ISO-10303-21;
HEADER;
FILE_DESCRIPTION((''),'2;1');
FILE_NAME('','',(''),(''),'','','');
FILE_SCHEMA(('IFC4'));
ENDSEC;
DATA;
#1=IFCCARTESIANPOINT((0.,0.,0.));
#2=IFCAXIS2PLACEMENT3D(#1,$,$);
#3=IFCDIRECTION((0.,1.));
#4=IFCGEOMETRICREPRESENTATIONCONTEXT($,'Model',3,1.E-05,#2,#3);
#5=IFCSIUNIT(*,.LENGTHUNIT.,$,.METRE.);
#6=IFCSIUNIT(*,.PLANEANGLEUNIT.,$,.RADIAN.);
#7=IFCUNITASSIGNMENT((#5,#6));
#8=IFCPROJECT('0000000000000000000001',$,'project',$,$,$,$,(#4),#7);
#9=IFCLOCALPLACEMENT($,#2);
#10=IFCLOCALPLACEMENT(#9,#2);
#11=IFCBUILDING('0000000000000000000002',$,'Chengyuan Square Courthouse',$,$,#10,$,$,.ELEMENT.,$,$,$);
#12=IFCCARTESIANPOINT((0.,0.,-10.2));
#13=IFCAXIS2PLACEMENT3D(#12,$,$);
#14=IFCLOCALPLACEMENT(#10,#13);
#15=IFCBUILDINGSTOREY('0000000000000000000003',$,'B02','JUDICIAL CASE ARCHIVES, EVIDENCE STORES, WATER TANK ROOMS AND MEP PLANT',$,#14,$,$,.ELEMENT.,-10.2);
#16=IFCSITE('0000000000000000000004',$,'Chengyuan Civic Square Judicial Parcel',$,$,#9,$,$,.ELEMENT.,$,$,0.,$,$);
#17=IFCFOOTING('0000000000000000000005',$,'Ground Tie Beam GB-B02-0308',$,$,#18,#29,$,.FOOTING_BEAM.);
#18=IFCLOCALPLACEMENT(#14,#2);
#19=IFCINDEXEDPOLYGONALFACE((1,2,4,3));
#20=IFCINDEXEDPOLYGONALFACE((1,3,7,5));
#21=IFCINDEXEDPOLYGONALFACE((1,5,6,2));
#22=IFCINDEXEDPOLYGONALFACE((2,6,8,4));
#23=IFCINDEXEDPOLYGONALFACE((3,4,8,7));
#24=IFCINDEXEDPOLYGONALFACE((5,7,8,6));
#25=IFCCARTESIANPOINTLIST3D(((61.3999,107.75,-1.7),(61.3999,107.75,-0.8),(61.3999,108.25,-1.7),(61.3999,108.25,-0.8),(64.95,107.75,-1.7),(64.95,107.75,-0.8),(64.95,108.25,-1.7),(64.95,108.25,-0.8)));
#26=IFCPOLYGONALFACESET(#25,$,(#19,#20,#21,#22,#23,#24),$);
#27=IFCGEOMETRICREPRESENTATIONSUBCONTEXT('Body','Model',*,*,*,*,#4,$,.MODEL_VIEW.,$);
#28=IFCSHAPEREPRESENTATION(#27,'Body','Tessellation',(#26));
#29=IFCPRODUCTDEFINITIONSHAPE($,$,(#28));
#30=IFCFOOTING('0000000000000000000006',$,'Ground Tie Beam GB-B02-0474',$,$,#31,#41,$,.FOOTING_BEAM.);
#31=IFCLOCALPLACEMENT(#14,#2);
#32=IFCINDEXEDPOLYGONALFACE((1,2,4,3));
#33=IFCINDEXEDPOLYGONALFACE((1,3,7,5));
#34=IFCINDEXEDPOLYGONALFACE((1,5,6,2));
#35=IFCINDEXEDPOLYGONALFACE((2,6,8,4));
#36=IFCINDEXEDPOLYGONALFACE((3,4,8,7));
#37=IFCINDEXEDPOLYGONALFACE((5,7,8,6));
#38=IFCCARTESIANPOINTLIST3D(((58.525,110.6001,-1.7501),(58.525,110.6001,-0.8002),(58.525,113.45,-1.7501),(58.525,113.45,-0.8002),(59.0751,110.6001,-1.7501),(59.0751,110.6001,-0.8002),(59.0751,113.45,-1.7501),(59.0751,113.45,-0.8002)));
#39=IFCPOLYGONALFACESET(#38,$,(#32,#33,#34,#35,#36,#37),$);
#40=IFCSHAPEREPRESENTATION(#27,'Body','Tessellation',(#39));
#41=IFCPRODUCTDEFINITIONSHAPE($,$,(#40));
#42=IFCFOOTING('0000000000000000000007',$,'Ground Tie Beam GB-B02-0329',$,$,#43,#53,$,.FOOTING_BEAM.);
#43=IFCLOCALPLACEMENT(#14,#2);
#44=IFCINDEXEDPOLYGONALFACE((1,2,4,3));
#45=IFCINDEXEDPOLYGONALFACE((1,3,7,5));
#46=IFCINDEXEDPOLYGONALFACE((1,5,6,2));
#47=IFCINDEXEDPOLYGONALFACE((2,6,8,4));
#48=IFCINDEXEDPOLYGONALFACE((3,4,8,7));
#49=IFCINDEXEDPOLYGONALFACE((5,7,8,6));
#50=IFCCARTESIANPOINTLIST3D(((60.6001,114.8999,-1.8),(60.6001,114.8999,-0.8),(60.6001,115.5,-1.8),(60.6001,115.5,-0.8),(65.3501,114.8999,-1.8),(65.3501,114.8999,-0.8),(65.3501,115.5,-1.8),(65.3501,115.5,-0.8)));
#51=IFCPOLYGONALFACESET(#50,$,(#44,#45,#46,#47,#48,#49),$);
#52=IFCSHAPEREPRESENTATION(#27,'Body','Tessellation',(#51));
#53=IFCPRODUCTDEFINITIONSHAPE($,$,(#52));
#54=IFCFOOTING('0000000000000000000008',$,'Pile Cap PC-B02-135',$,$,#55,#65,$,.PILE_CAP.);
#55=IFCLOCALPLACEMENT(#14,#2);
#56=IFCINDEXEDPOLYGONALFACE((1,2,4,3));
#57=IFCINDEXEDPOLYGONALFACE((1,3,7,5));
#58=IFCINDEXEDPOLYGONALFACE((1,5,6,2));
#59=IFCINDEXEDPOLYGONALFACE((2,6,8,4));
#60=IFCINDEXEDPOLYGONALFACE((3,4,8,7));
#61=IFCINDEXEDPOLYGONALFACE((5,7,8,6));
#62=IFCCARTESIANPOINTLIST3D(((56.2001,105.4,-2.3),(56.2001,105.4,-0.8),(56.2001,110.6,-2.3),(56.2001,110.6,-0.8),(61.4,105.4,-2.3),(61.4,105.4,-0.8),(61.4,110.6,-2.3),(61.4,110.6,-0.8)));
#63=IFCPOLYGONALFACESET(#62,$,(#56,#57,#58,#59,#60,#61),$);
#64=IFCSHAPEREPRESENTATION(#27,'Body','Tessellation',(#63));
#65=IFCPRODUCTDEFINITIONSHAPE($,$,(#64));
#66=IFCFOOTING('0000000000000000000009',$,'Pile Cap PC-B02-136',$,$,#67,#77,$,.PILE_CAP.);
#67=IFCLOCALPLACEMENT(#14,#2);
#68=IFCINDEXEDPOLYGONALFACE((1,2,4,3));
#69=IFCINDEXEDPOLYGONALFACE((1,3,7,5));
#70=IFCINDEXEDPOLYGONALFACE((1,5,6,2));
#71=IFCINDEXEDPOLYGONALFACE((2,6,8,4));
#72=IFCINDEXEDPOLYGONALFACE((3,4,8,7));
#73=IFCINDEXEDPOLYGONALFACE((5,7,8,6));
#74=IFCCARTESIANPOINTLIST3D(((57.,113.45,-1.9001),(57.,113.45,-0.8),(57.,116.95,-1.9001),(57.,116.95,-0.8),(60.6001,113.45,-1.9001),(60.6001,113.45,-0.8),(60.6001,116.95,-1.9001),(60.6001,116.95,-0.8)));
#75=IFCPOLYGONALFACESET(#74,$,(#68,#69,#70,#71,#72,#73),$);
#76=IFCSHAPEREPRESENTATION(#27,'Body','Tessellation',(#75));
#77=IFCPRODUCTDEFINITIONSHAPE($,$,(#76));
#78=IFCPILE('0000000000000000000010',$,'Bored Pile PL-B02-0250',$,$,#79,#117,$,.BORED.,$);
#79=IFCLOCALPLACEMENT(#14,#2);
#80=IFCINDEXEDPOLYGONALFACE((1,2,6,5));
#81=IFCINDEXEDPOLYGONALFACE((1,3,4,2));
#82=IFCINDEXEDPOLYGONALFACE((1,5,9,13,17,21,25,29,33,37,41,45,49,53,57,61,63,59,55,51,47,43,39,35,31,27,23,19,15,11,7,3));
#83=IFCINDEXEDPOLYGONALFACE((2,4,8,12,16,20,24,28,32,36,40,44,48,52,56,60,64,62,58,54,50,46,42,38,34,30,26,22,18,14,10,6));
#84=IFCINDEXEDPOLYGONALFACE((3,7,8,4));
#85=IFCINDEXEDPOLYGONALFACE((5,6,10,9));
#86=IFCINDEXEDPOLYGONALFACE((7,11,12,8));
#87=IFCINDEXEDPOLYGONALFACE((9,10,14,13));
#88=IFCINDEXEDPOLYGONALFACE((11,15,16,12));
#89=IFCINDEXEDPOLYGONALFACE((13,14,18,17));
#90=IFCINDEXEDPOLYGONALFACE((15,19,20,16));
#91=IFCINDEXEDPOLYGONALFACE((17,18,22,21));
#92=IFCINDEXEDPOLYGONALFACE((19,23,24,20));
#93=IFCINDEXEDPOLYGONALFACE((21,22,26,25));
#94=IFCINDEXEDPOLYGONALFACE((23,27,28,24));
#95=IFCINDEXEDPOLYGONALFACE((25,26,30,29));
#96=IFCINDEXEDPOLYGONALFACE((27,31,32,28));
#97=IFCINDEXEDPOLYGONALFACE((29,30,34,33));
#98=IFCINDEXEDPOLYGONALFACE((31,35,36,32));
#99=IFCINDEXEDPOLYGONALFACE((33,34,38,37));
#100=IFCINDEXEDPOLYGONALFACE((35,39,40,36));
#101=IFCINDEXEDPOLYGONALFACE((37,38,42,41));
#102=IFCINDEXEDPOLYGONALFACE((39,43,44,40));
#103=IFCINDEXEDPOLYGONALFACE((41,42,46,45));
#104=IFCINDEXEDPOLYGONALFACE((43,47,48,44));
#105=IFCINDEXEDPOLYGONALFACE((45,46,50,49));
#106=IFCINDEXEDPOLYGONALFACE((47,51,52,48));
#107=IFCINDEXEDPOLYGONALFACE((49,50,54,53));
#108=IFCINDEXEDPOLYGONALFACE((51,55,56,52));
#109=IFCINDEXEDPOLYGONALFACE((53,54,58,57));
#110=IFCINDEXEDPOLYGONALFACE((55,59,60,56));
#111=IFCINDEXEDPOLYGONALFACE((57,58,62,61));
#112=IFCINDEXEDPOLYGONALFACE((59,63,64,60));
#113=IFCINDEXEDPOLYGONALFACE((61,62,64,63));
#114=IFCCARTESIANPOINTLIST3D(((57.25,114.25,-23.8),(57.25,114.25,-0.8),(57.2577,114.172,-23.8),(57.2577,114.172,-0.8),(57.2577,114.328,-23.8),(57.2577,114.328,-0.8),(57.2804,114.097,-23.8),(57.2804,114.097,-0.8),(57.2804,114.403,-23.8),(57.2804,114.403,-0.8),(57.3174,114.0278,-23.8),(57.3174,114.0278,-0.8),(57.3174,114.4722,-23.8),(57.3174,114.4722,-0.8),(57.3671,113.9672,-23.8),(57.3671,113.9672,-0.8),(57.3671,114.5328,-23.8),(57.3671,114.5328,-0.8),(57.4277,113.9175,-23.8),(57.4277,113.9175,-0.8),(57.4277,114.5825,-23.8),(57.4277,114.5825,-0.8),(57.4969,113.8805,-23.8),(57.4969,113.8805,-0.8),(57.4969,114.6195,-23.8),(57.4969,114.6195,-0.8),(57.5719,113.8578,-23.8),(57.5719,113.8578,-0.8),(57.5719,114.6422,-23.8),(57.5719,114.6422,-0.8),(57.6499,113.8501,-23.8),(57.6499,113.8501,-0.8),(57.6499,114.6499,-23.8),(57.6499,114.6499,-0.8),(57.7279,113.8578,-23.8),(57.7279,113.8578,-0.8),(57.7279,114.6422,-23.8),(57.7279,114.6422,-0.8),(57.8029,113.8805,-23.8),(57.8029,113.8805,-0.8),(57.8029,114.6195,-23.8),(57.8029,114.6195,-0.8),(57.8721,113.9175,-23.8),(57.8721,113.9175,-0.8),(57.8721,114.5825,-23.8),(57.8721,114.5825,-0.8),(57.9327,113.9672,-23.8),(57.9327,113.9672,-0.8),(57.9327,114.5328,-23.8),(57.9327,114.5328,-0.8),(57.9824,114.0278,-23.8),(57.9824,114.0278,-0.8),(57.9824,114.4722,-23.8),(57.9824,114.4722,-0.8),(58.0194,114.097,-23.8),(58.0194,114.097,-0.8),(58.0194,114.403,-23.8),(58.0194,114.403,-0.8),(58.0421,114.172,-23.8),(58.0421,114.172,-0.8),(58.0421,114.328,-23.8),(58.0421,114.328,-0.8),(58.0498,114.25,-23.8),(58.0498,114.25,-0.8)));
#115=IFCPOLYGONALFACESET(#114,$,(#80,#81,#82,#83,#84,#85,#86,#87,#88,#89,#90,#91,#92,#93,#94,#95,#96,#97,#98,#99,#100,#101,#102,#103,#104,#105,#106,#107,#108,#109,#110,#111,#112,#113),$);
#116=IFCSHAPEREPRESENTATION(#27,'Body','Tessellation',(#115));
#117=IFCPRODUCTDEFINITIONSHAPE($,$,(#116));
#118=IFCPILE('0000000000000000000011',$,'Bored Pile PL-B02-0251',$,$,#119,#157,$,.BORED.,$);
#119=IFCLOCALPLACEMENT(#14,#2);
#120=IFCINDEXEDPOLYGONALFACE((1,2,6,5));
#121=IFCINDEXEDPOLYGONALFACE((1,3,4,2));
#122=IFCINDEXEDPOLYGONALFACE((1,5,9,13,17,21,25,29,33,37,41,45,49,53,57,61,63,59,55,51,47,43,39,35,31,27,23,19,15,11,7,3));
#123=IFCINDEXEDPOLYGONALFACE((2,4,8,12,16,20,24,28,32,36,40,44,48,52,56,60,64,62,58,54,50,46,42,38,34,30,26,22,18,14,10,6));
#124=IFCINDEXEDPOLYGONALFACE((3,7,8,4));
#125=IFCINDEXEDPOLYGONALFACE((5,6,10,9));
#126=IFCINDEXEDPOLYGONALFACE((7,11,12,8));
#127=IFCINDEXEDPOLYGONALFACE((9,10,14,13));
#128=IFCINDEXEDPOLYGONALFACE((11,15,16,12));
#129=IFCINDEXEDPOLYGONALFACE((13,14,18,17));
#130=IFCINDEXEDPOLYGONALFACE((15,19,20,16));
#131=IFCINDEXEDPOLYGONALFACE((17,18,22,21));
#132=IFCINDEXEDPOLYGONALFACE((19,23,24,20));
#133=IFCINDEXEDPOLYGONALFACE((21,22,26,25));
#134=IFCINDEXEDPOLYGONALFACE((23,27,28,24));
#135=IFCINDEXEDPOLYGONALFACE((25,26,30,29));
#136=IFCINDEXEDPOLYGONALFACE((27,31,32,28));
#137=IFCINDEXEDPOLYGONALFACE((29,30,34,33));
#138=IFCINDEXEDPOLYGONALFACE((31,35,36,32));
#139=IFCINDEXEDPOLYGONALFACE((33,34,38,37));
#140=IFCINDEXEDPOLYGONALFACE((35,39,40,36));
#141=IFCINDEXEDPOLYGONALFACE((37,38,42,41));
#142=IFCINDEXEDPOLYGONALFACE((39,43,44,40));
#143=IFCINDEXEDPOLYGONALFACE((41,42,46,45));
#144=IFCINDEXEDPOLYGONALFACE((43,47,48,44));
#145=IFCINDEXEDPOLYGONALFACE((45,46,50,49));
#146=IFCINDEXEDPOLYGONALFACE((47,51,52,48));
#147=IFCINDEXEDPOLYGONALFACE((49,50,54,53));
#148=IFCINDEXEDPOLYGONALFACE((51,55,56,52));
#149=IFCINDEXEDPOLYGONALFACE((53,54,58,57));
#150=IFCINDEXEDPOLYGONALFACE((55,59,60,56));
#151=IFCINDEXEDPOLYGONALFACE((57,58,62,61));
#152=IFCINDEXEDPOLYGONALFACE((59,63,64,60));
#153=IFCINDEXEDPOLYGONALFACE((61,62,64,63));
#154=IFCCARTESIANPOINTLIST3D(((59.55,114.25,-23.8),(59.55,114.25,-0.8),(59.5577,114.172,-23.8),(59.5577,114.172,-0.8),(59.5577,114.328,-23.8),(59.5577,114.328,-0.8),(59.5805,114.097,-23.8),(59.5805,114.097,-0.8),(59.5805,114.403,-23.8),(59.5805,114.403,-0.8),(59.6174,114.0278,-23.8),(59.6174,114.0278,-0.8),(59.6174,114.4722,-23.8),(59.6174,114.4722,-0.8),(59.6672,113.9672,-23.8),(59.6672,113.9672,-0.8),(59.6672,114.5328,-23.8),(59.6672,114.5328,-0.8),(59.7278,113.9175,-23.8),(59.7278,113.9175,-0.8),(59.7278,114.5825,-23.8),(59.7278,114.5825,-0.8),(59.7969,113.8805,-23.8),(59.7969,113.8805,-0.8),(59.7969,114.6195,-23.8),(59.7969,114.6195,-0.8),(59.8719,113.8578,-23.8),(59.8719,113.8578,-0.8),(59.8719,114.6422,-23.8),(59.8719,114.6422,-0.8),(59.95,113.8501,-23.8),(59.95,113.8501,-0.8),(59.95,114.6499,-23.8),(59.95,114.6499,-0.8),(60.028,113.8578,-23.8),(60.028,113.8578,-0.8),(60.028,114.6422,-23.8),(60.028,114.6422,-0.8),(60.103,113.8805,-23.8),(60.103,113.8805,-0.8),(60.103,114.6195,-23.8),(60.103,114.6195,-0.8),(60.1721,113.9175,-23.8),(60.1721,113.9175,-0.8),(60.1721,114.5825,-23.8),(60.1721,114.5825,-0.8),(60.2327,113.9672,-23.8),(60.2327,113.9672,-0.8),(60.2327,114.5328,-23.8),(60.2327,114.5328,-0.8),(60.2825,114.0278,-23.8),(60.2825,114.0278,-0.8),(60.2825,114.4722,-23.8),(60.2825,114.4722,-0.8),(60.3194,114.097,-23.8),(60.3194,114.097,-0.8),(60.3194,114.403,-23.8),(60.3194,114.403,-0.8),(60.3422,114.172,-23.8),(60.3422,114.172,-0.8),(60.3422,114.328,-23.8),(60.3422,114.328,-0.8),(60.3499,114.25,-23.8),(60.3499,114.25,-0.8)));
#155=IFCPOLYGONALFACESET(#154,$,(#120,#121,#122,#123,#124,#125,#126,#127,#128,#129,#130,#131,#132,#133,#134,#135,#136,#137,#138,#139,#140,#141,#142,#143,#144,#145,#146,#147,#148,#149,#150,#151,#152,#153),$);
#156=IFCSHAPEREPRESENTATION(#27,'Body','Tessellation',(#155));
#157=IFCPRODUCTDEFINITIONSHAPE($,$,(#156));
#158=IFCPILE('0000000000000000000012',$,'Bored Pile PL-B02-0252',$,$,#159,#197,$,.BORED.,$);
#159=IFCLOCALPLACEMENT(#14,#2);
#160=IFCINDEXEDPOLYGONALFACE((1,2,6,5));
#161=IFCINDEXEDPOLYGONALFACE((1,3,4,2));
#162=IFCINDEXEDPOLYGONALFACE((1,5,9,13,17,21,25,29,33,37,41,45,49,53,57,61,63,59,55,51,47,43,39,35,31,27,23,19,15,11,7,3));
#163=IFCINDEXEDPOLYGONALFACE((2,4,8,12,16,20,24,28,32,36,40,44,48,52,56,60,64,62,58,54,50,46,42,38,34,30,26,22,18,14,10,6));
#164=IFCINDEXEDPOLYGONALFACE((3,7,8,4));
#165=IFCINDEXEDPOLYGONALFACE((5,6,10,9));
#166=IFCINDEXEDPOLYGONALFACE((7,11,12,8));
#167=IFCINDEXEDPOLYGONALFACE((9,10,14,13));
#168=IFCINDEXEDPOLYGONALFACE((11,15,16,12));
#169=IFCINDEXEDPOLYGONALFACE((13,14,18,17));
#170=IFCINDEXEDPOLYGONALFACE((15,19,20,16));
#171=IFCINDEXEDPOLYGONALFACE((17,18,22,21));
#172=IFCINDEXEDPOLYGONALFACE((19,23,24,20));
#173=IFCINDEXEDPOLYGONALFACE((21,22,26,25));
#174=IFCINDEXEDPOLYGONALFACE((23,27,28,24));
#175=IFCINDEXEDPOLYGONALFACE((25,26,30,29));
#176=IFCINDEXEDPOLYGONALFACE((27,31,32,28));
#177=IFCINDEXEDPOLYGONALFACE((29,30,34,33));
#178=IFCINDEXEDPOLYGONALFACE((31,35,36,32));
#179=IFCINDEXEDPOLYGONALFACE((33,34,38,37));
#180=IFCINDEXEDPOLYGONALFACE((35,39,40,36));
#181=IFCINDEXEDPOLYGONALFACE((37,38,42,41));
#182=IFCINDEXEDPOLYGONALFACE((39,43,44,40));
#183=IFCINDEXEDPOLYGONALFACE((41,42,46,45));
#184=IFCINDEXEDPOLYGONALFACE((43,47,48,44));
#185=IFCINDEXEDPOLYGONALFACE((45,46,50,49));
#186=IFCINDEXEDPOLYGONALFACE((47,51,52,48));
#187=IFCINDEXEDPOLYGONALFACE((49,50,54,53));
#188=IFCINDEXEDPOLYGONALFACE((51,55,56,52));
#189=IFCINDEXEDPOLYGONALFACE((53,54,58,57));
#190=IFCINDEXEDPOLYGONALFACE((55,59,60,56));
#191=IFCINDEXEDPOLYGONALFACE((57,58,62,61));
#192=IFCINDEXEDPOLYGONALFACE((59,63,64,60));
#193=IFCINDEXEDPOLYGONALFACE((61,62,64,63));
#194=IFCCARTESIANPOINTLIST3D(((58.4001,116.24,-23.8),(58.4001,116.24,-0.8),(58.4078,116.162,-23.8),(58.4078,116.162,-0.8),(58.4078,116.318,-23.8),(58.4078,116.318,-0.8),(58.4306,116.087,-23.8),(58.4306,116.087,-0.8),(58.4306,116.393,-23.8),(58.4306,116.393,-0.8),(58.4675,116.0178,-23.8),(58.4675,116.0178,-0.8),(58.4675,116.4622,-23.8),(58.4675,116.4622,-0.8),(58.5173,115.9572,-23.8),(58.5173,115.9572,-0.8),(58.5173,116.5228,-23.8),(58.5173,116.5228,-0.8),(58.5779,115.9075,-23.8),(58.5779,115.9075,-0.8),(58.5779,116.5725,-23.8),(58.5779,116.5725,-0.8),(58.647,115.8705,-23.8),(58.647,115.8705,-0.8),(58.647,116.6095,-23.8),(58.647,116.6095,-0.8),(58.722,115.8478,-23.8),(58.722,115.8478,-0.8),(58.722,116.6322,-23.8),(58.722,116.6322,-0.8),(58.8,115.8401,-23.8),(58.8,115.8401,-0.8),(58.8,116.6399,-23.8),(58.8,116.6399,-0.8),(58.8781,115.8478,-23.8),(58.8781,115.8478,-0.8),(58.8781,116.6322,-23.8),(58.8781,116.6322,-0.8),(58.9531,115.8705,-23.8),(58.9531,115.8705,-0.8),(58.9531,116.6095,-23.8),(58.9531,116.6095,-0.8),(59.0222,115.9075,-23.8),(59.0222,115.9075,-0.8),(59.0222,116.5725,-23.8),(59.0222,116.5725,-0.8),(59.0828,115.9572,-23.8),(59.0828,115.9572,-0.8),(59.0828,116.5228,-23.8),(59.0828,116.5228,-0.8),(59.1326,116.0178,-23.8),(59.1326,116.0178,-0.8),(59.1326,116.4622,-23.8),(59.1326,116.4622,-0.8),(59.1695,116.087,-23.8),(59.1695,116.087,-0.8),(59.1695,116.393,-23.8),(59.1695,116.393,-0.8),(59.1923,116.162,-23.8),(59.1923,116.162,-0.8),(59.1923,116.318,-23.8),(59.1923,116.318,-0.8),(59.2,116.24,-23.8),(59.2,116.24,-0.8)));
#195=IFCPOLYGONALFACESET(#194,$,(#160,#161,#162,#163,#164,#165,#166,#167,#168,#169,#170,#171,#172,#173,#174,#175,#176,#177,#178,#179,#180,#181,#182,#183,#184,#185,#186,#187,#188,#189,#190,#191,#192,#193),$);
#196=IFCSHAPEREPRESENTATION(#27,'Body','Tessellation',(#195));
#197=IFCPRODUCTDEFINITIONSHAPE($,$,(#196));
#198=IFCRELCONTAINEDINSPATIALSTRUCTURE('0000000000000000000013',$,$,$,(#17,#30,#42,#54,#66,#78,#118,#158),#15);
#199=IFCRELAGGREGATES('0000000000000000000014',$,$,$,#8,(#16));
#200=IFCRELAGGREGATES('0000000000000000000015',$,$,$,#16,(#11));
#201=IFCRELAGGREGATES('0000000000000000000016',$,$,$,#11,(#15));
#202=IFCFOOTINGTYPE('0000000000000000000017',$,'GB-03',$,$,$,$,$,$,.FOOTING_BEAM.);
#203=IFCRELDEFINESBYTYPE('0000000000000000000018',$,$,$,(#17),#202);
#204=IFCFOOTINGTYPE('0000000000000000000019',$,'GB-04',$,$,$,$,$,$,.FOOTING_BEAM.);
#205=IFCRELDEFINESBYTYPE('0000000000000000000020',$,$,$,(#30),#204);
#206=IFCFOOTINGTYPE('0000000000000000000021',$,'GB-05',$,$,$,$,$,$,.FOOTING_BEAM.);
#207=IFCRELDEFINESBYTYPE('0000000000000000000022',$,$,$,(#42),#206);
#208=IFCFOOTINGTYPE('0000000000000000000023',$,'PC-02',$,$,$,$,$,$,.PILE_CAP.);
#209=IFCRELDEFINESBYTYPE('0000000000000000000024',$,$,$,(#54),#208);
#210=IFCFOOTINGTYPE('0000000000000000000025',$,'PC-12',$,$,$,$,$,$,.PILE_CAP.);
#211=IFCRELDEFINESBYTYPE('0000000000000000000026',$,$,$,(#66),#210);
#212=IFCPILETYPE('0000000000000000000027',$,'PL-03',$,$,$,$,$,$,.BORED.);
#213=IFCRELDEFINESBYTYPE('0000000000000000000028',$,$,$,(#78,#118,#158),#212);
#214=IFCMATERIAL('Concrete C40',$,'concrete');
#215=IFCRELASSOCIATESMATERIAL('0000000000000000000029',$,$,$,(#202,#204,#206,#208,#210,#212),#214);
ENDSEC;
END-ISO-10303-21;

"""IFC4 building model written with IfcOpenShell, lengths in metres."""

from ifc_helpers import new_model, si_unit, direction, frame, origin, origin_2d, place, context, subcontext, project, spatial, rectangle, circle, extrude, material, material_profile, profile_set, type_object, element, save


model = new_model("IFC4")

# Units and contexts
model_context = context("Model", 3, precision=1e-05, world=origin(), true_north=direction((0.0, 1.0)))
body_context = subcontext(model_context, "Body", "Model", "MODEL_VIEW")
ifc_project = project(units=[si_unit("LENGTHUNIT", "METRE"), si_unit("PLANEANGLEUNIT", "RADIAN")], contexts=[model_context])

# Site, building, storey
site_placement = place(None, origin())
site = spatial("IfcSite", under=ifc_project, at=site_placement, Name="Chengyuan Civic Square Judicial Parcel", CompositionType="ELEMENT", RefElevation=0.0)
building_placement = place(site_placement, origin())
building = spatial("IfcBuilding", under=site, at=building_placement, Name="Chengyuan Square Courthouse", CompositionType="ELEMENT")
storey_placement = place(building_placement, frame((0.0, 0.0, -10.2)))
storey = spatial("IfcBuildingStorey", under=building, at=storey_placement, Name="B02", Description="JUDICIAL CASE ARCHIVES, EVIDENCE STORES, WATER TANK ROOMS AND MEP PLANT", CompositionType="ELEMENT", Elevation=-10.2)

# Footings
ifc_material_1 = material(Name="Concrete C40", Category="concrete")
ifc_material_profile_1 = material_profile(ifc_material_1, rectangle(XDim=0.5, YDim=0.8999, at=origin_2d()), Name="GB-500x900")
ifc_profile_set_1 = profile_set([ifc_material_profile_1], Name="Concrete C40")
footing_type_1 = type_object("IfcFootingType", Name="GB-03", PredefinedType="FOOTING_BEAM", material=ifc_profile_set_1)
footing_1_placement = place(storey_placement, frame((61.3999, 108.0, -1.25), z_axis=(1.0, 0.0, 0.0), x_axis=(0.0, 1.0, 0.0)))
element("IfcFooting", 1, at=footing_1_placement, inside=storey, type_object=footing_type_1, Name="Ground Tie Beam GB-B02-0308", PredefinedType="FOOTING_BEAM", context=body_context, shape_type="SweptSolid", body=[
    extrude(rectangle(XDim=0.5, YDim=0.8999, at=origin_2d()), origin(), (0.0, 0.0, 1.0), 3.55),
])
ifc_material_profile_2 = material_profile(ifc_material_1, rectangle(XDim=0.55, YDim=0.95, at=origin_2d()), Name="GB-550x950")
ifc_profile_set_2 = profile_set([ifc_material_profile_2], Name="Concrete C40")
footing_type_2 = type_object("IfcFootingType", Name="GB-04", PredefinedType="FOOTING_BEAM", material=ifc_profile_set_2)
footing_2_placement = place(storey_placement, frame((58.8, 110.6001, -1.2751), z_axis=(0.0, 1.0, 0.0), x_axis=(-1.0, 0.0, 0.0)))
element("IfcFooting", 2, at=footing_2_placement, inside=storey, type_object=footing_type_2, Name="Ground Tie Beam GB-B02-0474", PredefinedType="FOOTING_BEAM", context=body_context, shape_type="SweptSolid", body=[
    extrude(rectangle(XDim=0.55, YDim=0.95, at=origin_2d()), origin(), (0.0, 0.0, 1.0), 2.8499),
])
ifc_material_profile_3 = material_profile(ifc_material_1, rectangle(XDim=0.6001, YDim=1.0, at=origin_2d()), Name="GB-600x1000")
ifc_profile_set_3 = profile_set([ifc_material_profile_3], Name="Concrete C40")
footing_type_3 = type_object("IfcFootingType", Name="GB-05", PredefinedType="FOOTING_BEAM", material=ifc_profile_set_3)
footing_3_placement = place(storey_placement, frame((60.6001, 115.2, -1.3), z_axis=(1.0, 0.0, 0.0), x_axis=(0.0, 1.0, 0.0)))
element("IfcFooting", 3, at=footing_3_placement, inside=storey, type_object=footing_type_3, Name="Ground Tie Beam GB-B02-0329", PredefinedType="FOOTING_BEAM", context=body_context, shape_type="SweptSolid", body=[
    extrude(rectangle(XDim=0.6001, YDim=1.0, at=origin_2d()), origin(), (0.0, 0.0, 1.0), 4.75),
])
footing_type_4 = type_object("IfcFootingType", Name="PC-02", PredefinedType="PILE_CAP", material=ifc_material_1)
footing_4_placement = place(storey_placement, frame((58.8, 108.0, -2.3), z_axis=(0.0, 0.0, 1.0), x_axis=(1.0, 0.0, 0.0)))
element("IfcFooting", 4, at=footing_4_placement, inside=storey, type_object=footing_type_4, Name="Pile Cap PC-B02-135", PredefinedType="PILE_CAP", context=body_context, shape_type="SweptSolid", body=[
    extrude(rectangle(XDim=5.2, YDim=5.2, at=origin_2d()), origin(), (0.0, 0.0, 1.0), 1.5),
])
footing_type_5 = type_object("IfcFootingType", Name="PC-12", PredefinedType="PILE_CAP", material=ifc_material_1)
footing_5_placement = place(storey_placement, frame((58.8, 115.2, -1.9001), z_axis=(0.0, 0.0, 1.0), x_axis=(1.0, 0.0, 0.0)))
element("IfcFooting", 5, at=footing_5_placement, inside=storey, type_object=footing_type_5, Name="Pile Cap PC-B02-136", PredefinedType="PILE_CAP", context=body_context, shape_type="SweptSolid", body=[
    extrude(rectangle(XDim=3.6001, YDim=3.5, at=origin_2d()), origin(), (0.0, 0.0, 1.0), 1.1001),
])

# Piles
ifc_material_profile_4 = material_profile(ifc_material_1, circle(Radius=0.3999, at=origin_2d()), Name="BORED PILE D800")
ifc_profile_set_4 = profile_set([ifc_material_profile_4], Name="Concrete C40")
pile_type_1 = type_object("IfcPileType", Name="PL-03", PredefinedType="BORED", material=ifc_profile_set_4)
for number, where, z_axis, x_axis, name in (
    (6, (57.6499, 114.25, -0.8), (0.0, 0.0, -1.0), (1.0, 0.0, 0.0), "Bored Pile PL-B02-0250"),
    (7, (59.95, 114.25, -0.8), (0.0, 0.0, -1.0), (1.0, 0.0, 0.0), "Bored Pile PL-B02-0251"),
    (8, (58.8, 116.24, -0.8), (0.0, 0.0, -1.0), (1.0, 0.0, 0.0), "Bored Pile PL-B02-0252"),
):
    element("IfcPile", number, at=place(storey_placement, frame(where, z_axis=z_axis, x_axis=x_axis)), inside=storey, type_object=pile_type_1, Name=name, PredefinedType="BORED", context=body_context, shape_type="SweptSolid", body=[
        extrude(circle(Radius=0.3999, at=origin_2d()), origin(), (0.0, 0.0, 1.0), 23.0),
    ])

save(model, "model.ifc")
